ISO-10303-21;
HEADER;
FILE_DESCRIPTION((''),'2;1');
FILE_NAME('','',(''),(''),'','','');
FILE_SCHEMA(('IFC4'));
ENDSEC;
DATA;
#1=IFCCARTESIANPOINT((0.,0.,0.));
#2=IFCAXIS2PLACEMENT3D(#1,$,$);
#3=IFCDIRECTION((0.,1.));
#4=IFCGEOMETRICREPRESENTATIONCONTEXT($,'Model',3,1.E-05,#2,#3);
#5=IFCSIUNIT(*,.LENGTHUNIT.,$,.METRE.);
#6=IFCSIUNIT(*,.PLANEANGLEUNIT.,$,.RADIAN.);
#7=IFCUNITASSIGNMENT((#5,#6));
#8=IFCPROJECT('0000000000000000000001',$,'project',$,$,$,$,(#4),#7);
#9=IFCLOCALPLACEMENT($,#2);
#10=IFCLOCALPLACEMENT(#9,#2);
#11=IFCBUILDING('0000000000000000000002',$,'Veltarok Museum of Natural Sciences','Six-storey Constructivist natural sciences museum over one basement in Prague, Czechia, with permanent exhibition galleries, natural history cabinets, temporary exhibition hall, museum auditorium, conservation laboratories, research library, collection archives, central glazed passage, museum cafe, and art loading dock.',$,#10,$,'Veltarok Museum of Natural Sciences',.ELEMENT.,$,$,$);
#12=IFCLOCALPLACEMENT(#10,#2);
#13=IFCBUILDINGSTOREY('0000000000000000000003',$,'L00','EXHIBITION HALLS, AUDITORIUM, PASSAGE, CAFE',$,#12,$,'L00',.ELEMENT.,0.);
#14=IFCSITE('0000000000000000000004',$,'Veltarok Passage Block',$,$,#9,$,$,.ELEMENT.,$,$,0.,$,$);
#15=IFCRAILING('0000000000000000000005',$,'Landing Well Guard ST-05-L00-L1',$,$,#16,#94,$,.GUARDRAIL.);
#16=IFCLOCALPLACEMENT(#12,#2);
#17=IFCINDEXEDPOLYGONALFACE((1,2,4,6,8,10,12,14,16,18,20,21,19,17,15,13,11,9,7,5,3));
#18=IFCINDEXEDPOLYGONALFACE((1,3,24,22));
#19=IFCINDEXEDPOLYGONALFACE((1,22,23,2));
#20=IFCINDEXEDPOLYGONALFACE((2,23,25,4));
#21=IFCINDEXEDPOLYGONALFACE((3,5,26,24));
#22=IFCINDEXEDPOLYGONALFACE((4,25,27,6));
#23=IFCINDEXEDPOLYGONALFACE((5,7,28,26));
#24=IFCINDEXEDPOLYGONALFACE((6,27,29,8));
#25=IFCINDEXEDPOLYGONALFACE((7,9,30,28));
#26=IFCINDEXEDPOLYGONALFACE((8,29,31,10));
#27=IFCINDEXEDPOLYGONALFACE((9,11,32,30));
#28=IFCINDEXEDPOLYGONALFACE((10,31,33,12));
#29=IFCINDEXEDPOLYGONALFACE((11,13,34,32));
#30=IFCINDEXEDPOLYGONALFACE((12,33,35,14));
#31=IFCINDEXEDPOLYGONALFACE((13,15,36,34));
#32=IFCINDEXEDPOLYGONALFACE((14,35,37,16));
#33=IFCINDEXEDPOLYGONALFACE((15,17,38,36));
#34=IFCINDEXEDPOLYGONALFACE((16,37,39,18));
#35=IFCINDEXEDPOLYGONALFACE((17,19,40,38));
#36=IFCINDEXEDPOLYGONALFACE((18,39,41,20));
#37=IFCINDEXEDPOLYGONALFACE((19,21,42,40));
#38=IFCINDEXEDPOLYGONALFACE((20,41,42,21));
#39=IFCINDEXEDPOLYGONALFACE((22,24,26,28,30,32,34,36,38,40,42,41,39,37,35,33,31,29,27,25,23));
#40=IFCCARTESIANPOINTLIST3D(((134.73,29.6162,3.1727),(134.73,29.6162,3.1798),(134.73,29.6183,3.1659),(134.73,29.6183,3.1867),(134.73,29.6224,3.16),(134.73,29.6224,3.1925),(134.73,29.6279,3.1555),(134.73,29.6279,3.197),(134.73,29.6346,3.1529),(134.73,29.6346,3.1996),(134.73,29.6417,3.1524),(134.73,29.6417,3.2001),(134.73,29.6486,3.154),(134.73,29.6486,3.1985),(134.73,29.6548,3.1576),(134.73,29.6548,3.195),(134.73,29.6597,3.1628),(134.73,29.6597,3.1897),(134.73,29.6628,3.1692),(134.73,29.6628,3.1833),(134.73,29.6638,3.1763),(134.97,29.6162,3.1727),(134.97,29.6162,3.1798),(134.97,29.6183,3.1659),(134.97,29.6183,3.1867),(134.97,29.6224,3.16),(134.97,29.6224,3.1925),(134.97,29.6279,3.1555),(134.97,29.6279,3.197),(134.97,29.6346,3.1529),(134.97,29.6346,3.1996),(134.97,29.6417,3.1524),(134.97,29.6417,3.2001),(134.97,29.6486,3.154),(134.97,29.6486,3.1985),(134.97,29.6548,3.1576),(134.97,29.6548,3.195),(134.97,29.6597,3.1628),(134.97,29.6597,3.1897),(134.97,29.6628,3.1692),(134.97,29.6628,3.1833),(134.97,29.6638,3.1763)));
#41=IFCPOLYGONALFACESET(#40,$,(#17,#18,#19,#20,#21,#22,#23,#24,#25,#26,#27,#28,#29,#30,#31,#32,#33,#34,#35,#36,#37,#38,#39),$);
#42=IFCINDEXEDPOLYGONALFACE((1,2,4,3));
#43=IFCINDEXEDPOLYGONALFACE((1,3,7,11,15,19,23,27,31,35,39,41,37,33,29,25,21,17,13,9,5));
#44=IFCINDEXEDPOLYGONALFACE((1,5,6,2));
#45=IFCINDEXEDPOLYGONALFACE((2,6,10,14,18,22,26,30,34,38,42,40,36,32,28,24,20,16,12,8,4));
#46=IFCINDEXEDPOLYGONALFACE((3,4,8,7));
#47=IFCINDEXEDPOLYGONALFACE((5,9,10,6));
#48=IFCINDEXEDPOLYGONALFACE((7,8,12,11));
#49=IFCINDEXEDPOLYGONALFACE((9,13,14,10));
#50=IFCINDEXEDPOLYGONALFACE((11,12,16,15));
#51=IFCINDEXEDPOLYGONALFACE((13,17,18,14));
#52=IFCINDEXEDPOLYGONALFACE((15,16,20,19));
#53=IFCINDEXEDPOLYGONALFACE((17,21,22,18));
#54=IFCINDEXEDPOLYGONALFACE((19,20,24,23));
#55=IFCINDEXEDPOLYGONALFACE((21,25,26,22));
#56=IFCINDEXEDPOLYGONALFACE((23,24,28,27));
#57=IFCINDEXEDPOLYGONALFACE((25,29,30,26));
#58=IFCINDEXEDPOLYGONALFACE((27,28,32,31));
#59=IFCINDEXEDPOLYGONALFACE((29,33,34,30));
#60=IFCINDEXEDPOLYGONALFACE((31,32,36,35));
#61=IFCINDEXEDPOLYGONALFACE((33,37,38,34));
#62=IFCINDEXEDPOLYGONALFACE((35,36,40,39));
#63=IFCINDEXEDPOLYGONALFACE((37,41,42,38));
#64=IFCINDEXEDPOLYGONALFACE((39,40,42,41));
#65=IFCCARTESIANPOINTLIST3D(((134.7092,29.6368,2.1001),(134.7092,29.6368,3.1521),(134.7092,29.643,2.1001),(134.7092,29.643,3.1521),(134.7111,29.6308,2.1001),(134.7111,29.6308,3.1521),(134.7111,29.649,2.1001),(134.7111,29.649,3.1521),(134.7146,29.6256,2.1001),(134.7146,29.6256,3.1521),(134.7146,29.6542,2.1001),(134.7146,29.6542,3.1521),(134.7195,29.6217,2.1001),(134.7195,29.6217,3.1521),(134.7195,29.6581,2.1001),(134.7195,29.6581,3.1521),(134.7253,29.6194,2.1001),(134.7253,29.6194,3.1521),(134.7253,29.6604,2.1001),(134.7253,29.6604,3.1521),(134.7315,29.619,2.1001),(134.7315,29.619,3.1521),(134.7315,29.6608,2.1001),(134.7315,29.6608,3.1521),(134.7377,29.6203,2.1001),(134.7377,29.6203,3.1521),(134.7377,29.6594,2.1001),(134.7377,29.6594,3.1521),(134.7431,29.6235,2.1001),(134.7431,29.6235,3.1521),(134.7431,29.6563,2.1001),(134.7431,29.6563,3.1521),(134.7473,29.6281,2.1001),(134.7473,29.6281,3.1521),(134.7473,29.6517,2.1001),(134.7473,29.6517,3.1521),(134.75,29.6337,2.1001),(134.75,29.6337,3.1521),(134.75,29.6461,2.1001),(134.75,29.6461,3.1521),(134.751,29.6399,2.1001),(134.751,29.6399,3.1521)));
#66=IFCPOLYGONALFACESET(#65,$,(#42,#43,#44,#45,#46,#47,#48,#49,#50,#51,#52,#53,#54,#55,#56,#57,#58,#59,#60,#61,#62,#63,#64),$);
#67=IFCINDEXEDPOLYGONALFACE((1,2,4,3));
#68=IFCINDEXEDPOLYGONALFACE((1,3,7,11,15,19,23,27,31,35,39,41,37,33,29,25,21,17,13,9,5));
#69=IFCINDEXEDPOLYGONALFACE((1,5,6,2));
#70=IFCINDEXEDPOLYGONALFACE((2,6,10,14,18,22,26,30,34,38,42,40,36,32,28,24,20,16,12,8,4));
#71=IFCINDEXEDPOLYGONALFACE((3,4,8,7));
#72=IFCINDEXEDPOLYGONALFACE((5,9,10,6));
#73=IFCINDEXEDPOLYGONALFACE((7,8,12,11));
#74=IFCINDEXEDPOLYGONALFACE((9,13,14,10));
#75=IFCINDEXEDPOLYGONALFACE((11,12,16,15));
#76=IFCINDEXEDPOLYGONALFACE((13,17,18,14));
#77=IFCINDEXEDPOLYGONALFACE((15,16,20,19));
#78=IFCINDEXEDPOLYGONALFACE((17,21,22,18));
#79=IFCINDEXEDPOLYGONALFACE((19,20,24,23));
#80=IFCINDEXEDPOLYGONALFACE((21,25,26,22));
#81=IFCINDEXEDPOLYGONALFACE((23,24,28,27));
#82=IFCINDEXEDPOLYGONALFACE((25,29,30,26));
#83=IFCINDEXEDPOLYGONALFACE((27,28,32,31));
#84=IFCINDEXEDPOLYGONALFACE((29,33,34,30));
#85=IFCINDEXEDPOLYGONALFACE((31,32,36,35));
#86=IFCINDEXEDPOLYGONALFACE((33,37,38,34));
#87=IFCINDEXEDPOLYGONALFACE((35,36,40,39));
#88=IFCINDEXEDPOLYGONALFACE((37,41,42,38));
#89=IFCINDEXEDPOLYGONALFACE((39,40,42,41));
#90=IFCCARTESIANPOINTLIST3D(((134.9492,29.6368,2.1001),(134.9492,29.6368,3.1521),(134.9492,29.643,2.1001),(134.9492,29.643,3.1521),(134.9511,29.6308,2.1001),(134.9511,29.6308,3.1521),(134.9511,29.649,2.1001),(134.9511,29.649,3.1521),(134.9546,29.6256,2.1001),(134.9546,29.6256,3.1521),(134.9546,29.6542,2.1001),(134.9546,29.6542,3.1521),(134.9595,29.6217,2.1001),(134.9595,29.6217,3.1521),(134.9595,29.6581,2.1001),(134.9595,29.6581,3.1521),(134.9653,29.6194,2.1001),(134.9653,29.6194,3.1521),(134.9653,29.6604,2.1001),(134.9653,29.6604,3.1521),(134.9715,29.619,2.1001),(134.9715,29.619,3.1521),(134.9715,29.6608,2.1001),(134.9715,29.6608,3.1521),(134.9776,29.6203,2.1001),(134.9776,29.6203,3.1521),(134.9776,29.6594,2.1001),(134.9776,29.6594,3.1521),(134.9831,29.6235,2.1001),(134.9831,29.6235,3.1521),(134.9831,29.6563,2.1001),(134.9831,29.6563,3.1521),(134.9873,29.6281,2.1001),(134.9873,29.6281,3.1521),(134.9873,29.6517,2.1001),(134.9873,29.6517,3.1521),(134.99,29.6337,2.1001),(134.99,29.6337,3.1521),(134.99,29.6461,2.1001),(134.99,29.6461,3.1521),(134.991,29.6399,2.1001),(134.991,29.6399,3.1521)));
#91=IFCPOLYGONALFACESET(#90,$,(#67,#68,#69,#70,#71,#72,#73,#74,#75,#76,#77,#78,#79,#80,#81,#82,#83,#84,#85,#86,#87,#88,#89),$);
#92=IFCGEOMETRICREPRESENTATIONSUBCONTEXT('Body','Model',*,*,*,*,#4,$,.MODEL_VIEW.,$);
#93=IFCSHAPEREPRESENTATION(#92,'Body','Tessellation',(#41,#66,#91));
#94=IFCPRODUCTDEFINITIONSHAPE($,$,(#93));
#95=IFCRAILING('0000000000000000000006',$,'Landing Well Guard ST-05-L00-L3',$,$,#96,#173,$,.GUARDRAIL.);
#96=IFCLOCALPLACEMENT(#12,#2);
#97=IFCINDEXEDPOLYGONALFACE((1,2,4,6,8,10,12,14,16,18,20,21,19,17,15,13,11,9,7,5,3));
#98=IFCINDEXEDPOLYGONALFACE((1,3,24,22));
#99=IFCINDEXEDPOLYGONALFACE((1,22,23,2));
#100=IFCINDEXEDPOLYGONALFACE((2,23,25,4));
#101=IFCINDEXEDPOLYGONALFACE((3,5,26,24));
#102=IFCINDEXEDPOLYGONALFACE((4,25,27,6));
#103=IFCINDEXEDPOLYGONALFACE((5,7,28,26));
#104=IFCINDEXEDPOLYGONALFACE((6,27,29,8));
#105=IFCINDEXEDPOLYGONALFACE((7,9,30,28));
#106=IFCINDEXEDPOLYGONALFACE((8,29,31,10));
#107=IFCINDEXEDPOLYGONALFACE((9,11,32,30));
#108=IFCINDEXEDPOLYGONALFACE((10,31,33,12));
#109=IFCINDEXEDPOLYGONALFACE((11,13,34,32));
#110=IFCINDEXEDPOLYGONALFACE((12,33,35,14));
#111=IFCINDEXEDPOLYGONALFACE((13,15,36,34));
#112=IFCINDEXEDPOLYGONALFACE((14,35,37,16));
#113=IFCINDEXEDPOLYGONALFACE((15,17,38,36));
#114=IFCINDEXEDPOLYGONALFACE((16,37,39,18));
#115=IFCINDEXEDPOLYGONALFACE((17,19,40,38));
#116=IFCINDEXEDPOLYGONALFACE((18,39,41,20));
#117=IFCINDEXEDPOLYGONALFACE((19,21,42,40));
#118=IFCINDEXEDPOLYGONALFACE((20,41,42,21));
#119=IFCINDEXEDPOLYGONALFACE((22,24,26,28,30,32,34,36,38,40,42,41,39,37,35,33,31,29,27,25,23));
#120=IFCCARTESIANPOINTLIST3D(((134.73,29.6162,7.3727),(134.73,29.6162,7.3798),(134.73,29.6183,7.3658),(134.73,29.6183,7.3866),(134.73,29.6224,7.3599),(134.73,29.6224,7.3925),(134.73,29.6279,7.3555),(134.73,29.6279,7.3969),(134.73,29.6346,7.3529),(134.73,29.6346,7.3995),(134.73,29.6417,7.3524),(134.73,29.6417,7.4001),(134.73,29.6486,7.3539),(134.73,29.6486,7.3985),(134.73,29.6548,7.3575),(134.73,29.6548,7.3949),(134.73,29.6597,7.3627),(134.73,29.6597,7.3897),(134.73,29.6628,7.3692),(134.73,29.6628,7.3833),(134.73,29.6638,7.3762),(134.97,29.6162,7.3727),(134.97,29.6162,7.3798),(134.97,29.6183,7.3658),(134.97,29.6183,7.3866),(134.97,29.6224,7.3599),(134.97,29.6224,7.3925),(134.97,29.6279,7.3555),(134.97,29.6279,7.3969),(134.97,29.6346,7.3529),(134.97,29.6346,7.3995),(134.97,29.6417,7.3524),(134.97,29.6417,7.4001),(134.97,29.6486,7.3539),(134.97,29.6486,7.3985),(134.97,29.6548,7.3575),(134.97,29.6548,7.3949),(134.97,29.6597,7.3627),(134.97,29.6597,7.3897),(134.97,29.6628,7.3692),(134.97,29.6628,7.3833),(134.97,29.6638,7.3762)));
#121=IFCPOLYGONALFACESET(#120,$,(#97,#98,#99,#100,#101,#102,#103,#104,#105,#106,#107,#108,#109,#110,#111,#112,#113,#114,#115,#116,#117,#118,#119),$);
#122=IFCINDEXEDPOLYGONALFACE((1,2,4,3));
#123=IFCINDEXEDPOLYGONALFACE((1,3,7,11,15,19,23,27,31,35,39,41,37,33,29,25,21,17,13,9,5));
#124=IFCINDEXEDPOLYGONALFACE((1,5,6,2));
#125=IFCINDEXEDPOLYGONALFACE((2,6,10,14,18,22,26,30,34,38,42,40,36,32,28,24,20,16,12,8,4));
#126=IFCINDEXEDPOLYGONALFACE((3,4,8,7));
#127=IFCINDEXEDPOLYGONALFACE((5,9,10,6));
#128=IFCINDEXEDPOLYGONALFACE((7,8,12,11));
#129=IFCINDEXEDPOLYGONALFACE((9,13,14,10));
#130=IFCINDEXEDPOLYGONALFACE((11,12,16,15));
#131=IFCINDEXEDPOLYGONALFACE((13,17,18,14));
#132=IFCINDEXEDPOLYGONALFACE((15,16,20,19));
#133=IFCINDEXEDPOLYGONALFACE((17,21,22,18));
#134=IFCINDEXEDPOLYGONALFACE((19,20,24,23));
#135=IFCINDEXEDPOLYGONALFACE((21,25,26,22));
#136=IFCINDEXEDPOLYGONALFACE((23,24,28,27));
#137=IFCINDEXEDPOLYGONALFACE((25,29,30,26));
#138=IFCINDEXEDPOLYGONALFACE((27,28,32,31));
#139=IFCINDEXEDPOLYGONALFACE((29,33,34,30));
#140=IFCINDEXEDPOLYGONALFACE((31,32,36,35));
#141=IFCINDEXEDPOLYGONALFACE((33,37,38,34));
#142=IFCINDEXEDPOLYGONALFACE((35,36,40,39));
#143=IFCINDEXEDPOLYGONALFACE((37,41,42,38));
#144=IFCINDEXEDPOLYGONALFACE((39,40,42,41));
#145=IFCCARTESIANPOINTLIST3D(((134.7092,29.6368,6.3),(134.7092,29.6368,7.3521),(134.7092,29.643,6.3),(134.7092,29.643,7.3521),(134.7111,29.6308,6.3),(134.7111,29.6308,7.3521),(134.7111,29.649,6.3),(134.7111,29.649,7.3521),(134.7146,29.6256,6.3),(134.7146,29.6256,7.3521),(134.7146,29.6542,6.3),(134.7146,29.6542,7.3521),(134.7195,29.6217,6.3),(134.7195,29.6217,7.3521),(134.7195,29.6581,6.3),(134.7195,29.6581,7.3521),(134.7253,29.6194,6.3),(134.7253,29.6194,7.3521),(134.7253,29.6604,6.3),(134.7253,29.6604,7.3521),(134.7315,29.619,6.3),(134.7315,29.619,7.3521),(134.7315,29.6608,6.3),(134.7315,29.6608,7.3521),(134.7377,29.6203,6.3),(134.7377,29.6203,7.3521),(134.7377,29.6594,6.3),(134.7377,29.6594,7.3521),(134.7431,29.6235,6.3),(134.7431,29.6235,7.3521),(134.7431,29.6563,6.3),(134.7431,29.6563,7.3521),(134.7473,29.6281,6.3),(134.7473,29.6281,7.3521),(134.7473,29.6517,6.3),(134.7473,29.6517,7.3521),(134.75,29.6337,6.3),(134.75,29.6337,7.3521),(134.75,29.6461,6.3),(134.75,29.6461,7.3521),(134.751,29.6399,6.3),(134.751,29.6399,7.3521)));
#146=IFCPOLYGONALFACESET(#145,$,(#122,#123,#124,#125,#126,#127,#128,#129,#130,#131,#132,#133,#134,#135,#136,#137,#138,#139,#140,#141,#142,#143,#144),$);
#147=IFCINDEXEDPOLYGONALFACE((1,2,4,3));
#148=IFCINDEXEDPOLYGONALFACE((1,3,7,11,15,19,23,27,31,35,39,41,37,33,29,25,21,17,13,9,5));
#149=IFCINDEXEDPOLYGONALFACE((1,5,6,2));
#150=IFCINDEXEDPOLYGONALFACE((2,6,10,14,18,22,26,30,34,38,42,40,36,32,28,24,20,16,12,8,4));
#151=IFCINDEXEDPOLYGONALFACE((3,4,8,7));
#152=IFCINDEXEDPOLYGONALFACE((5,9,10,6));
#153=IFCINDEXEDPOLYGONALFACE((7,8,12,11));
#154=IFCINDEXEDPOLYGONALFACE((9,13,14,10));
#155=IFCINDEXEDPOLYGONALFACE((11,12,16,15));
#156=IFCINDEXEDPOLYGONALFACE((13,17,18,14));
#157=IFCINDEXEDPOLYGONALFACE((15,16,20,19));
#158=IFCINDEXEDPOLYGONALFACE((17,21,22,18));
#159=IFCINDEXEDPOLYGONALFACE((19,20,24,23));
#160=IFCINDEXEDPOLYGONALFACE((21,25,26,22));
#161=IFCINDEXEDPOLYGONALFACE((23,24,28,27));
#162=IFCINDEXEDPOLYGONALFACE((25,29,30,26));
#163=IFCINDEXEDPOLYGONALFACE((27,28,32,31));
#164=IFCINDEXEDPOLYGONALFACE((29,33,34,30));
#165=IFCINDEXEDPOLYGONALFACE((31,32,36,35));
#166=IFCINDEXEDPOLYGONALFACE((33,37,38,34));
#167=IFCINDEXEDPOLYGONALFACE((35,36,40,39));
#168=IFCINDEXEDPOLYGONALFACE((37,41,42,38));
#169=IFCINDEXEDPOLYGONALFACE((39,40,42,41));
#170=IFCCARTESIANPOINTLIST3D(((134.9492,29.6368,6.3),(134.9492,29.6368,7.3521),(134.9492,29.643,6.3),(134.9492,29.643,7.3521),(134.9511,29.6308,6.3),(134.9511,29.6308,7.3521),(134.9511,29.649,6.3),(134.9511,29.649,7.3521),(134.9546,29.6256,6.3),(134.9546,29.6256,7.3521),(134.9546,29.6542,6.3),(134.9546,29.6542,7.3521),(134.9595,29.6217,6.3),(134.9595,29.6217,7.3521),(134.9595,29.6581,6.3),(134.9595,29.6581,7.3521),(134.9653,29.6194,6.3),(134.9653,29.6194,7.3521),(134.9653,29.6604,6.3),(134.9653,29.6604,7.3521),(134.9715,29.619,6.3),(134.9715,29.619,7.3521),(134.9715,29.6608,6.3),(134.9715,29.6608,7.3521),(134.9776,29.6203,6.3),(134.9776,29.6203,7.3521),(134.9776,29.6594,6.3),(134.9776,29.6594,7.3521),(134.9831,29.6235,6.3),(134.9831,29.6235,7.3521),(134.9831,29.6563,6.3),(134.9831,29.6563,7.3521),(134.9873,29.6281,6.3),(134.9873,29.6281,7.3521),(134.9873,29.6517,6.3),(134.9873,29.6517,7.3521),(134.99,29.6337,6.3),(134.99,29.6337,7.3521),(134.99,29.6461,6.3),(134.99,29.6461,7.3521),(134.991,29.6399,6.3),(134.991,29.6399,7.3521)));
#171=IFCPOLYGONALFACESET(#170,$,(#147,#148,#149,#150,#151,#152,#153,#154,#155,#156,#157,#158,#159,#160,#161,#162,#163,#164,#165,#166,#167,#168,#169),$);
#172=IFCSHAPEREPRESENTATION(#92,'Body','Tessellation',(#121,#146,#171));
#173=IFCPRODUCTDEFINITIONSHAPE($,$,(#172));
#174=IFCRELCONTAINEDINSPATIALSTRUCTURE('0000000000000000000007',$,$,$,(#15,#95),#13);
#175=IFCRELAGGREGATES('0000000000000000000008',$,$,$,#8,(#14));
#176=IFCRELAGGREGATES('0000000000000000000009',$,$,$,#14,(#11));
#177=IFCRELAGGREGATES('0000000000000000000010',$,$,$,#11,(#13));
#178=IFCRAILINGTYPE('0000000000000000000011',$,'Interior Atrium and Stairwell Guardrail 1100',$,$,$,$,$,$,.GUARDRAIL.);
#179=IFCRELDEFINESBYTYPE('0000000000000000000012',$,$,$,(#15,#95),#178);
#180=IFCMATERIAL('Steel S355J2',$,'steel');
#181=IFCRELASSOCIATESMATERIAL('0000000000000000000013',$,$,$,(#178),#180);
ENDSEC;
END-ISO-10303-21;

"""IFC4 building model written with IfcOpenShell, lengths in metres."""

from ifc_helpers import new_model, si_unit, direction, frame, origin, origin_2d, place, context, subcontext, project, spatial, circle, extrude, material, type_object, element, save


model = new_model("IFC4")

# Units and contexts
model_context = context("Model", 3, precision=1e-05, world=origin(), true_north=direction((0.0, 1.0)))
body_context = subcontext(model_context, "Body", "Model", "MODEL_VIEW")
ifc_project = project(units=[si_unit("LENGTHUNIT", "METRE"), si_unit("PLANEANGLEUNIT", "RADIAN")], contexts=[model_context])

# Site, building, storey
site_placement = place(None, origin())
site = spatial("IfcSite", under=ifc_project, at=site_placement, Name="Veltarok Passage Block", CompositionType="ELEMENT", RefElevation=0.0)
building_placement = place(site_placement, origin())
building = spatial("IfcBuilding", under=site, at=building_placement, Name="Veltarok Museum of Natural Sciences", Description="Six-storey Constructivist natural sciences museum over one basement in Prague, Czechia, with permanent exhibition galleries, natural history cabinets, temporary exhibition hall, museum auditorium, conservation laboratories, research library, collection archives, central glazed passage, museum cafe, and art loading dock.", LongName="Veltarok Museum of Natural Sciences", CompositionType="ELEMENT")
storey_placement = place(building_placement, origin())
storey = spatial("IfcBuildingStorey", under=building, at=storey_placement, Name="L00", Description="EXHIBITION HALLS, AUDITORIUM, PASSAGE, CAFE", LongName="L00", CompositionType="ELEMENT", Elevation=0.0)

# Shared definitions
ifc_material_1 = material(Name="Steel S355J2", Category="steel")

# Railings
railing_type_1 = type_object("IfcRailingType", Name="Interior Atrium and Stairwell Guardrail 1100", PredefinedType="GUARDRAIL", material=ifc_material_1)
for number, where, name in (
    (1, (134.73, 29.6399, 2.1001), "Landing Well Guard ST-05-L00-L1"),
    (2, (134.73, 29.6399, 6.3), "Landing Well Guard ST-05-L00-L3"),
):
    element("IfcRailing", number, at=place(storey_placement, frame(where)), inside=storey, type_object=railing_type_1, Name=name, PredefinedType="GUARDRAIL", context=body_context, shape_type="SweptSolid", body=[
        extrude(circle(Radius=0.0239, at=origin_2d()), frame((0.0, 0.0, 1.0762), z_axis=(1.0, 0.0, 0.0), x_axis=(0.0, 1.0, 0.0)), (0.0, 0.0, 1.0), 0.24),
        extrude(circle(Radius=0.021, at=origin_2d()), origin(), (0.0, 0.0, 1.0), 1.052),
        extrude(circle(Radius=0.021, at=origin_2d()), frame((0.24, 0.0, 0.0)), (0.0, 0.0, 1.0), 1.052),
    ])

save(model, "model.ifc")
